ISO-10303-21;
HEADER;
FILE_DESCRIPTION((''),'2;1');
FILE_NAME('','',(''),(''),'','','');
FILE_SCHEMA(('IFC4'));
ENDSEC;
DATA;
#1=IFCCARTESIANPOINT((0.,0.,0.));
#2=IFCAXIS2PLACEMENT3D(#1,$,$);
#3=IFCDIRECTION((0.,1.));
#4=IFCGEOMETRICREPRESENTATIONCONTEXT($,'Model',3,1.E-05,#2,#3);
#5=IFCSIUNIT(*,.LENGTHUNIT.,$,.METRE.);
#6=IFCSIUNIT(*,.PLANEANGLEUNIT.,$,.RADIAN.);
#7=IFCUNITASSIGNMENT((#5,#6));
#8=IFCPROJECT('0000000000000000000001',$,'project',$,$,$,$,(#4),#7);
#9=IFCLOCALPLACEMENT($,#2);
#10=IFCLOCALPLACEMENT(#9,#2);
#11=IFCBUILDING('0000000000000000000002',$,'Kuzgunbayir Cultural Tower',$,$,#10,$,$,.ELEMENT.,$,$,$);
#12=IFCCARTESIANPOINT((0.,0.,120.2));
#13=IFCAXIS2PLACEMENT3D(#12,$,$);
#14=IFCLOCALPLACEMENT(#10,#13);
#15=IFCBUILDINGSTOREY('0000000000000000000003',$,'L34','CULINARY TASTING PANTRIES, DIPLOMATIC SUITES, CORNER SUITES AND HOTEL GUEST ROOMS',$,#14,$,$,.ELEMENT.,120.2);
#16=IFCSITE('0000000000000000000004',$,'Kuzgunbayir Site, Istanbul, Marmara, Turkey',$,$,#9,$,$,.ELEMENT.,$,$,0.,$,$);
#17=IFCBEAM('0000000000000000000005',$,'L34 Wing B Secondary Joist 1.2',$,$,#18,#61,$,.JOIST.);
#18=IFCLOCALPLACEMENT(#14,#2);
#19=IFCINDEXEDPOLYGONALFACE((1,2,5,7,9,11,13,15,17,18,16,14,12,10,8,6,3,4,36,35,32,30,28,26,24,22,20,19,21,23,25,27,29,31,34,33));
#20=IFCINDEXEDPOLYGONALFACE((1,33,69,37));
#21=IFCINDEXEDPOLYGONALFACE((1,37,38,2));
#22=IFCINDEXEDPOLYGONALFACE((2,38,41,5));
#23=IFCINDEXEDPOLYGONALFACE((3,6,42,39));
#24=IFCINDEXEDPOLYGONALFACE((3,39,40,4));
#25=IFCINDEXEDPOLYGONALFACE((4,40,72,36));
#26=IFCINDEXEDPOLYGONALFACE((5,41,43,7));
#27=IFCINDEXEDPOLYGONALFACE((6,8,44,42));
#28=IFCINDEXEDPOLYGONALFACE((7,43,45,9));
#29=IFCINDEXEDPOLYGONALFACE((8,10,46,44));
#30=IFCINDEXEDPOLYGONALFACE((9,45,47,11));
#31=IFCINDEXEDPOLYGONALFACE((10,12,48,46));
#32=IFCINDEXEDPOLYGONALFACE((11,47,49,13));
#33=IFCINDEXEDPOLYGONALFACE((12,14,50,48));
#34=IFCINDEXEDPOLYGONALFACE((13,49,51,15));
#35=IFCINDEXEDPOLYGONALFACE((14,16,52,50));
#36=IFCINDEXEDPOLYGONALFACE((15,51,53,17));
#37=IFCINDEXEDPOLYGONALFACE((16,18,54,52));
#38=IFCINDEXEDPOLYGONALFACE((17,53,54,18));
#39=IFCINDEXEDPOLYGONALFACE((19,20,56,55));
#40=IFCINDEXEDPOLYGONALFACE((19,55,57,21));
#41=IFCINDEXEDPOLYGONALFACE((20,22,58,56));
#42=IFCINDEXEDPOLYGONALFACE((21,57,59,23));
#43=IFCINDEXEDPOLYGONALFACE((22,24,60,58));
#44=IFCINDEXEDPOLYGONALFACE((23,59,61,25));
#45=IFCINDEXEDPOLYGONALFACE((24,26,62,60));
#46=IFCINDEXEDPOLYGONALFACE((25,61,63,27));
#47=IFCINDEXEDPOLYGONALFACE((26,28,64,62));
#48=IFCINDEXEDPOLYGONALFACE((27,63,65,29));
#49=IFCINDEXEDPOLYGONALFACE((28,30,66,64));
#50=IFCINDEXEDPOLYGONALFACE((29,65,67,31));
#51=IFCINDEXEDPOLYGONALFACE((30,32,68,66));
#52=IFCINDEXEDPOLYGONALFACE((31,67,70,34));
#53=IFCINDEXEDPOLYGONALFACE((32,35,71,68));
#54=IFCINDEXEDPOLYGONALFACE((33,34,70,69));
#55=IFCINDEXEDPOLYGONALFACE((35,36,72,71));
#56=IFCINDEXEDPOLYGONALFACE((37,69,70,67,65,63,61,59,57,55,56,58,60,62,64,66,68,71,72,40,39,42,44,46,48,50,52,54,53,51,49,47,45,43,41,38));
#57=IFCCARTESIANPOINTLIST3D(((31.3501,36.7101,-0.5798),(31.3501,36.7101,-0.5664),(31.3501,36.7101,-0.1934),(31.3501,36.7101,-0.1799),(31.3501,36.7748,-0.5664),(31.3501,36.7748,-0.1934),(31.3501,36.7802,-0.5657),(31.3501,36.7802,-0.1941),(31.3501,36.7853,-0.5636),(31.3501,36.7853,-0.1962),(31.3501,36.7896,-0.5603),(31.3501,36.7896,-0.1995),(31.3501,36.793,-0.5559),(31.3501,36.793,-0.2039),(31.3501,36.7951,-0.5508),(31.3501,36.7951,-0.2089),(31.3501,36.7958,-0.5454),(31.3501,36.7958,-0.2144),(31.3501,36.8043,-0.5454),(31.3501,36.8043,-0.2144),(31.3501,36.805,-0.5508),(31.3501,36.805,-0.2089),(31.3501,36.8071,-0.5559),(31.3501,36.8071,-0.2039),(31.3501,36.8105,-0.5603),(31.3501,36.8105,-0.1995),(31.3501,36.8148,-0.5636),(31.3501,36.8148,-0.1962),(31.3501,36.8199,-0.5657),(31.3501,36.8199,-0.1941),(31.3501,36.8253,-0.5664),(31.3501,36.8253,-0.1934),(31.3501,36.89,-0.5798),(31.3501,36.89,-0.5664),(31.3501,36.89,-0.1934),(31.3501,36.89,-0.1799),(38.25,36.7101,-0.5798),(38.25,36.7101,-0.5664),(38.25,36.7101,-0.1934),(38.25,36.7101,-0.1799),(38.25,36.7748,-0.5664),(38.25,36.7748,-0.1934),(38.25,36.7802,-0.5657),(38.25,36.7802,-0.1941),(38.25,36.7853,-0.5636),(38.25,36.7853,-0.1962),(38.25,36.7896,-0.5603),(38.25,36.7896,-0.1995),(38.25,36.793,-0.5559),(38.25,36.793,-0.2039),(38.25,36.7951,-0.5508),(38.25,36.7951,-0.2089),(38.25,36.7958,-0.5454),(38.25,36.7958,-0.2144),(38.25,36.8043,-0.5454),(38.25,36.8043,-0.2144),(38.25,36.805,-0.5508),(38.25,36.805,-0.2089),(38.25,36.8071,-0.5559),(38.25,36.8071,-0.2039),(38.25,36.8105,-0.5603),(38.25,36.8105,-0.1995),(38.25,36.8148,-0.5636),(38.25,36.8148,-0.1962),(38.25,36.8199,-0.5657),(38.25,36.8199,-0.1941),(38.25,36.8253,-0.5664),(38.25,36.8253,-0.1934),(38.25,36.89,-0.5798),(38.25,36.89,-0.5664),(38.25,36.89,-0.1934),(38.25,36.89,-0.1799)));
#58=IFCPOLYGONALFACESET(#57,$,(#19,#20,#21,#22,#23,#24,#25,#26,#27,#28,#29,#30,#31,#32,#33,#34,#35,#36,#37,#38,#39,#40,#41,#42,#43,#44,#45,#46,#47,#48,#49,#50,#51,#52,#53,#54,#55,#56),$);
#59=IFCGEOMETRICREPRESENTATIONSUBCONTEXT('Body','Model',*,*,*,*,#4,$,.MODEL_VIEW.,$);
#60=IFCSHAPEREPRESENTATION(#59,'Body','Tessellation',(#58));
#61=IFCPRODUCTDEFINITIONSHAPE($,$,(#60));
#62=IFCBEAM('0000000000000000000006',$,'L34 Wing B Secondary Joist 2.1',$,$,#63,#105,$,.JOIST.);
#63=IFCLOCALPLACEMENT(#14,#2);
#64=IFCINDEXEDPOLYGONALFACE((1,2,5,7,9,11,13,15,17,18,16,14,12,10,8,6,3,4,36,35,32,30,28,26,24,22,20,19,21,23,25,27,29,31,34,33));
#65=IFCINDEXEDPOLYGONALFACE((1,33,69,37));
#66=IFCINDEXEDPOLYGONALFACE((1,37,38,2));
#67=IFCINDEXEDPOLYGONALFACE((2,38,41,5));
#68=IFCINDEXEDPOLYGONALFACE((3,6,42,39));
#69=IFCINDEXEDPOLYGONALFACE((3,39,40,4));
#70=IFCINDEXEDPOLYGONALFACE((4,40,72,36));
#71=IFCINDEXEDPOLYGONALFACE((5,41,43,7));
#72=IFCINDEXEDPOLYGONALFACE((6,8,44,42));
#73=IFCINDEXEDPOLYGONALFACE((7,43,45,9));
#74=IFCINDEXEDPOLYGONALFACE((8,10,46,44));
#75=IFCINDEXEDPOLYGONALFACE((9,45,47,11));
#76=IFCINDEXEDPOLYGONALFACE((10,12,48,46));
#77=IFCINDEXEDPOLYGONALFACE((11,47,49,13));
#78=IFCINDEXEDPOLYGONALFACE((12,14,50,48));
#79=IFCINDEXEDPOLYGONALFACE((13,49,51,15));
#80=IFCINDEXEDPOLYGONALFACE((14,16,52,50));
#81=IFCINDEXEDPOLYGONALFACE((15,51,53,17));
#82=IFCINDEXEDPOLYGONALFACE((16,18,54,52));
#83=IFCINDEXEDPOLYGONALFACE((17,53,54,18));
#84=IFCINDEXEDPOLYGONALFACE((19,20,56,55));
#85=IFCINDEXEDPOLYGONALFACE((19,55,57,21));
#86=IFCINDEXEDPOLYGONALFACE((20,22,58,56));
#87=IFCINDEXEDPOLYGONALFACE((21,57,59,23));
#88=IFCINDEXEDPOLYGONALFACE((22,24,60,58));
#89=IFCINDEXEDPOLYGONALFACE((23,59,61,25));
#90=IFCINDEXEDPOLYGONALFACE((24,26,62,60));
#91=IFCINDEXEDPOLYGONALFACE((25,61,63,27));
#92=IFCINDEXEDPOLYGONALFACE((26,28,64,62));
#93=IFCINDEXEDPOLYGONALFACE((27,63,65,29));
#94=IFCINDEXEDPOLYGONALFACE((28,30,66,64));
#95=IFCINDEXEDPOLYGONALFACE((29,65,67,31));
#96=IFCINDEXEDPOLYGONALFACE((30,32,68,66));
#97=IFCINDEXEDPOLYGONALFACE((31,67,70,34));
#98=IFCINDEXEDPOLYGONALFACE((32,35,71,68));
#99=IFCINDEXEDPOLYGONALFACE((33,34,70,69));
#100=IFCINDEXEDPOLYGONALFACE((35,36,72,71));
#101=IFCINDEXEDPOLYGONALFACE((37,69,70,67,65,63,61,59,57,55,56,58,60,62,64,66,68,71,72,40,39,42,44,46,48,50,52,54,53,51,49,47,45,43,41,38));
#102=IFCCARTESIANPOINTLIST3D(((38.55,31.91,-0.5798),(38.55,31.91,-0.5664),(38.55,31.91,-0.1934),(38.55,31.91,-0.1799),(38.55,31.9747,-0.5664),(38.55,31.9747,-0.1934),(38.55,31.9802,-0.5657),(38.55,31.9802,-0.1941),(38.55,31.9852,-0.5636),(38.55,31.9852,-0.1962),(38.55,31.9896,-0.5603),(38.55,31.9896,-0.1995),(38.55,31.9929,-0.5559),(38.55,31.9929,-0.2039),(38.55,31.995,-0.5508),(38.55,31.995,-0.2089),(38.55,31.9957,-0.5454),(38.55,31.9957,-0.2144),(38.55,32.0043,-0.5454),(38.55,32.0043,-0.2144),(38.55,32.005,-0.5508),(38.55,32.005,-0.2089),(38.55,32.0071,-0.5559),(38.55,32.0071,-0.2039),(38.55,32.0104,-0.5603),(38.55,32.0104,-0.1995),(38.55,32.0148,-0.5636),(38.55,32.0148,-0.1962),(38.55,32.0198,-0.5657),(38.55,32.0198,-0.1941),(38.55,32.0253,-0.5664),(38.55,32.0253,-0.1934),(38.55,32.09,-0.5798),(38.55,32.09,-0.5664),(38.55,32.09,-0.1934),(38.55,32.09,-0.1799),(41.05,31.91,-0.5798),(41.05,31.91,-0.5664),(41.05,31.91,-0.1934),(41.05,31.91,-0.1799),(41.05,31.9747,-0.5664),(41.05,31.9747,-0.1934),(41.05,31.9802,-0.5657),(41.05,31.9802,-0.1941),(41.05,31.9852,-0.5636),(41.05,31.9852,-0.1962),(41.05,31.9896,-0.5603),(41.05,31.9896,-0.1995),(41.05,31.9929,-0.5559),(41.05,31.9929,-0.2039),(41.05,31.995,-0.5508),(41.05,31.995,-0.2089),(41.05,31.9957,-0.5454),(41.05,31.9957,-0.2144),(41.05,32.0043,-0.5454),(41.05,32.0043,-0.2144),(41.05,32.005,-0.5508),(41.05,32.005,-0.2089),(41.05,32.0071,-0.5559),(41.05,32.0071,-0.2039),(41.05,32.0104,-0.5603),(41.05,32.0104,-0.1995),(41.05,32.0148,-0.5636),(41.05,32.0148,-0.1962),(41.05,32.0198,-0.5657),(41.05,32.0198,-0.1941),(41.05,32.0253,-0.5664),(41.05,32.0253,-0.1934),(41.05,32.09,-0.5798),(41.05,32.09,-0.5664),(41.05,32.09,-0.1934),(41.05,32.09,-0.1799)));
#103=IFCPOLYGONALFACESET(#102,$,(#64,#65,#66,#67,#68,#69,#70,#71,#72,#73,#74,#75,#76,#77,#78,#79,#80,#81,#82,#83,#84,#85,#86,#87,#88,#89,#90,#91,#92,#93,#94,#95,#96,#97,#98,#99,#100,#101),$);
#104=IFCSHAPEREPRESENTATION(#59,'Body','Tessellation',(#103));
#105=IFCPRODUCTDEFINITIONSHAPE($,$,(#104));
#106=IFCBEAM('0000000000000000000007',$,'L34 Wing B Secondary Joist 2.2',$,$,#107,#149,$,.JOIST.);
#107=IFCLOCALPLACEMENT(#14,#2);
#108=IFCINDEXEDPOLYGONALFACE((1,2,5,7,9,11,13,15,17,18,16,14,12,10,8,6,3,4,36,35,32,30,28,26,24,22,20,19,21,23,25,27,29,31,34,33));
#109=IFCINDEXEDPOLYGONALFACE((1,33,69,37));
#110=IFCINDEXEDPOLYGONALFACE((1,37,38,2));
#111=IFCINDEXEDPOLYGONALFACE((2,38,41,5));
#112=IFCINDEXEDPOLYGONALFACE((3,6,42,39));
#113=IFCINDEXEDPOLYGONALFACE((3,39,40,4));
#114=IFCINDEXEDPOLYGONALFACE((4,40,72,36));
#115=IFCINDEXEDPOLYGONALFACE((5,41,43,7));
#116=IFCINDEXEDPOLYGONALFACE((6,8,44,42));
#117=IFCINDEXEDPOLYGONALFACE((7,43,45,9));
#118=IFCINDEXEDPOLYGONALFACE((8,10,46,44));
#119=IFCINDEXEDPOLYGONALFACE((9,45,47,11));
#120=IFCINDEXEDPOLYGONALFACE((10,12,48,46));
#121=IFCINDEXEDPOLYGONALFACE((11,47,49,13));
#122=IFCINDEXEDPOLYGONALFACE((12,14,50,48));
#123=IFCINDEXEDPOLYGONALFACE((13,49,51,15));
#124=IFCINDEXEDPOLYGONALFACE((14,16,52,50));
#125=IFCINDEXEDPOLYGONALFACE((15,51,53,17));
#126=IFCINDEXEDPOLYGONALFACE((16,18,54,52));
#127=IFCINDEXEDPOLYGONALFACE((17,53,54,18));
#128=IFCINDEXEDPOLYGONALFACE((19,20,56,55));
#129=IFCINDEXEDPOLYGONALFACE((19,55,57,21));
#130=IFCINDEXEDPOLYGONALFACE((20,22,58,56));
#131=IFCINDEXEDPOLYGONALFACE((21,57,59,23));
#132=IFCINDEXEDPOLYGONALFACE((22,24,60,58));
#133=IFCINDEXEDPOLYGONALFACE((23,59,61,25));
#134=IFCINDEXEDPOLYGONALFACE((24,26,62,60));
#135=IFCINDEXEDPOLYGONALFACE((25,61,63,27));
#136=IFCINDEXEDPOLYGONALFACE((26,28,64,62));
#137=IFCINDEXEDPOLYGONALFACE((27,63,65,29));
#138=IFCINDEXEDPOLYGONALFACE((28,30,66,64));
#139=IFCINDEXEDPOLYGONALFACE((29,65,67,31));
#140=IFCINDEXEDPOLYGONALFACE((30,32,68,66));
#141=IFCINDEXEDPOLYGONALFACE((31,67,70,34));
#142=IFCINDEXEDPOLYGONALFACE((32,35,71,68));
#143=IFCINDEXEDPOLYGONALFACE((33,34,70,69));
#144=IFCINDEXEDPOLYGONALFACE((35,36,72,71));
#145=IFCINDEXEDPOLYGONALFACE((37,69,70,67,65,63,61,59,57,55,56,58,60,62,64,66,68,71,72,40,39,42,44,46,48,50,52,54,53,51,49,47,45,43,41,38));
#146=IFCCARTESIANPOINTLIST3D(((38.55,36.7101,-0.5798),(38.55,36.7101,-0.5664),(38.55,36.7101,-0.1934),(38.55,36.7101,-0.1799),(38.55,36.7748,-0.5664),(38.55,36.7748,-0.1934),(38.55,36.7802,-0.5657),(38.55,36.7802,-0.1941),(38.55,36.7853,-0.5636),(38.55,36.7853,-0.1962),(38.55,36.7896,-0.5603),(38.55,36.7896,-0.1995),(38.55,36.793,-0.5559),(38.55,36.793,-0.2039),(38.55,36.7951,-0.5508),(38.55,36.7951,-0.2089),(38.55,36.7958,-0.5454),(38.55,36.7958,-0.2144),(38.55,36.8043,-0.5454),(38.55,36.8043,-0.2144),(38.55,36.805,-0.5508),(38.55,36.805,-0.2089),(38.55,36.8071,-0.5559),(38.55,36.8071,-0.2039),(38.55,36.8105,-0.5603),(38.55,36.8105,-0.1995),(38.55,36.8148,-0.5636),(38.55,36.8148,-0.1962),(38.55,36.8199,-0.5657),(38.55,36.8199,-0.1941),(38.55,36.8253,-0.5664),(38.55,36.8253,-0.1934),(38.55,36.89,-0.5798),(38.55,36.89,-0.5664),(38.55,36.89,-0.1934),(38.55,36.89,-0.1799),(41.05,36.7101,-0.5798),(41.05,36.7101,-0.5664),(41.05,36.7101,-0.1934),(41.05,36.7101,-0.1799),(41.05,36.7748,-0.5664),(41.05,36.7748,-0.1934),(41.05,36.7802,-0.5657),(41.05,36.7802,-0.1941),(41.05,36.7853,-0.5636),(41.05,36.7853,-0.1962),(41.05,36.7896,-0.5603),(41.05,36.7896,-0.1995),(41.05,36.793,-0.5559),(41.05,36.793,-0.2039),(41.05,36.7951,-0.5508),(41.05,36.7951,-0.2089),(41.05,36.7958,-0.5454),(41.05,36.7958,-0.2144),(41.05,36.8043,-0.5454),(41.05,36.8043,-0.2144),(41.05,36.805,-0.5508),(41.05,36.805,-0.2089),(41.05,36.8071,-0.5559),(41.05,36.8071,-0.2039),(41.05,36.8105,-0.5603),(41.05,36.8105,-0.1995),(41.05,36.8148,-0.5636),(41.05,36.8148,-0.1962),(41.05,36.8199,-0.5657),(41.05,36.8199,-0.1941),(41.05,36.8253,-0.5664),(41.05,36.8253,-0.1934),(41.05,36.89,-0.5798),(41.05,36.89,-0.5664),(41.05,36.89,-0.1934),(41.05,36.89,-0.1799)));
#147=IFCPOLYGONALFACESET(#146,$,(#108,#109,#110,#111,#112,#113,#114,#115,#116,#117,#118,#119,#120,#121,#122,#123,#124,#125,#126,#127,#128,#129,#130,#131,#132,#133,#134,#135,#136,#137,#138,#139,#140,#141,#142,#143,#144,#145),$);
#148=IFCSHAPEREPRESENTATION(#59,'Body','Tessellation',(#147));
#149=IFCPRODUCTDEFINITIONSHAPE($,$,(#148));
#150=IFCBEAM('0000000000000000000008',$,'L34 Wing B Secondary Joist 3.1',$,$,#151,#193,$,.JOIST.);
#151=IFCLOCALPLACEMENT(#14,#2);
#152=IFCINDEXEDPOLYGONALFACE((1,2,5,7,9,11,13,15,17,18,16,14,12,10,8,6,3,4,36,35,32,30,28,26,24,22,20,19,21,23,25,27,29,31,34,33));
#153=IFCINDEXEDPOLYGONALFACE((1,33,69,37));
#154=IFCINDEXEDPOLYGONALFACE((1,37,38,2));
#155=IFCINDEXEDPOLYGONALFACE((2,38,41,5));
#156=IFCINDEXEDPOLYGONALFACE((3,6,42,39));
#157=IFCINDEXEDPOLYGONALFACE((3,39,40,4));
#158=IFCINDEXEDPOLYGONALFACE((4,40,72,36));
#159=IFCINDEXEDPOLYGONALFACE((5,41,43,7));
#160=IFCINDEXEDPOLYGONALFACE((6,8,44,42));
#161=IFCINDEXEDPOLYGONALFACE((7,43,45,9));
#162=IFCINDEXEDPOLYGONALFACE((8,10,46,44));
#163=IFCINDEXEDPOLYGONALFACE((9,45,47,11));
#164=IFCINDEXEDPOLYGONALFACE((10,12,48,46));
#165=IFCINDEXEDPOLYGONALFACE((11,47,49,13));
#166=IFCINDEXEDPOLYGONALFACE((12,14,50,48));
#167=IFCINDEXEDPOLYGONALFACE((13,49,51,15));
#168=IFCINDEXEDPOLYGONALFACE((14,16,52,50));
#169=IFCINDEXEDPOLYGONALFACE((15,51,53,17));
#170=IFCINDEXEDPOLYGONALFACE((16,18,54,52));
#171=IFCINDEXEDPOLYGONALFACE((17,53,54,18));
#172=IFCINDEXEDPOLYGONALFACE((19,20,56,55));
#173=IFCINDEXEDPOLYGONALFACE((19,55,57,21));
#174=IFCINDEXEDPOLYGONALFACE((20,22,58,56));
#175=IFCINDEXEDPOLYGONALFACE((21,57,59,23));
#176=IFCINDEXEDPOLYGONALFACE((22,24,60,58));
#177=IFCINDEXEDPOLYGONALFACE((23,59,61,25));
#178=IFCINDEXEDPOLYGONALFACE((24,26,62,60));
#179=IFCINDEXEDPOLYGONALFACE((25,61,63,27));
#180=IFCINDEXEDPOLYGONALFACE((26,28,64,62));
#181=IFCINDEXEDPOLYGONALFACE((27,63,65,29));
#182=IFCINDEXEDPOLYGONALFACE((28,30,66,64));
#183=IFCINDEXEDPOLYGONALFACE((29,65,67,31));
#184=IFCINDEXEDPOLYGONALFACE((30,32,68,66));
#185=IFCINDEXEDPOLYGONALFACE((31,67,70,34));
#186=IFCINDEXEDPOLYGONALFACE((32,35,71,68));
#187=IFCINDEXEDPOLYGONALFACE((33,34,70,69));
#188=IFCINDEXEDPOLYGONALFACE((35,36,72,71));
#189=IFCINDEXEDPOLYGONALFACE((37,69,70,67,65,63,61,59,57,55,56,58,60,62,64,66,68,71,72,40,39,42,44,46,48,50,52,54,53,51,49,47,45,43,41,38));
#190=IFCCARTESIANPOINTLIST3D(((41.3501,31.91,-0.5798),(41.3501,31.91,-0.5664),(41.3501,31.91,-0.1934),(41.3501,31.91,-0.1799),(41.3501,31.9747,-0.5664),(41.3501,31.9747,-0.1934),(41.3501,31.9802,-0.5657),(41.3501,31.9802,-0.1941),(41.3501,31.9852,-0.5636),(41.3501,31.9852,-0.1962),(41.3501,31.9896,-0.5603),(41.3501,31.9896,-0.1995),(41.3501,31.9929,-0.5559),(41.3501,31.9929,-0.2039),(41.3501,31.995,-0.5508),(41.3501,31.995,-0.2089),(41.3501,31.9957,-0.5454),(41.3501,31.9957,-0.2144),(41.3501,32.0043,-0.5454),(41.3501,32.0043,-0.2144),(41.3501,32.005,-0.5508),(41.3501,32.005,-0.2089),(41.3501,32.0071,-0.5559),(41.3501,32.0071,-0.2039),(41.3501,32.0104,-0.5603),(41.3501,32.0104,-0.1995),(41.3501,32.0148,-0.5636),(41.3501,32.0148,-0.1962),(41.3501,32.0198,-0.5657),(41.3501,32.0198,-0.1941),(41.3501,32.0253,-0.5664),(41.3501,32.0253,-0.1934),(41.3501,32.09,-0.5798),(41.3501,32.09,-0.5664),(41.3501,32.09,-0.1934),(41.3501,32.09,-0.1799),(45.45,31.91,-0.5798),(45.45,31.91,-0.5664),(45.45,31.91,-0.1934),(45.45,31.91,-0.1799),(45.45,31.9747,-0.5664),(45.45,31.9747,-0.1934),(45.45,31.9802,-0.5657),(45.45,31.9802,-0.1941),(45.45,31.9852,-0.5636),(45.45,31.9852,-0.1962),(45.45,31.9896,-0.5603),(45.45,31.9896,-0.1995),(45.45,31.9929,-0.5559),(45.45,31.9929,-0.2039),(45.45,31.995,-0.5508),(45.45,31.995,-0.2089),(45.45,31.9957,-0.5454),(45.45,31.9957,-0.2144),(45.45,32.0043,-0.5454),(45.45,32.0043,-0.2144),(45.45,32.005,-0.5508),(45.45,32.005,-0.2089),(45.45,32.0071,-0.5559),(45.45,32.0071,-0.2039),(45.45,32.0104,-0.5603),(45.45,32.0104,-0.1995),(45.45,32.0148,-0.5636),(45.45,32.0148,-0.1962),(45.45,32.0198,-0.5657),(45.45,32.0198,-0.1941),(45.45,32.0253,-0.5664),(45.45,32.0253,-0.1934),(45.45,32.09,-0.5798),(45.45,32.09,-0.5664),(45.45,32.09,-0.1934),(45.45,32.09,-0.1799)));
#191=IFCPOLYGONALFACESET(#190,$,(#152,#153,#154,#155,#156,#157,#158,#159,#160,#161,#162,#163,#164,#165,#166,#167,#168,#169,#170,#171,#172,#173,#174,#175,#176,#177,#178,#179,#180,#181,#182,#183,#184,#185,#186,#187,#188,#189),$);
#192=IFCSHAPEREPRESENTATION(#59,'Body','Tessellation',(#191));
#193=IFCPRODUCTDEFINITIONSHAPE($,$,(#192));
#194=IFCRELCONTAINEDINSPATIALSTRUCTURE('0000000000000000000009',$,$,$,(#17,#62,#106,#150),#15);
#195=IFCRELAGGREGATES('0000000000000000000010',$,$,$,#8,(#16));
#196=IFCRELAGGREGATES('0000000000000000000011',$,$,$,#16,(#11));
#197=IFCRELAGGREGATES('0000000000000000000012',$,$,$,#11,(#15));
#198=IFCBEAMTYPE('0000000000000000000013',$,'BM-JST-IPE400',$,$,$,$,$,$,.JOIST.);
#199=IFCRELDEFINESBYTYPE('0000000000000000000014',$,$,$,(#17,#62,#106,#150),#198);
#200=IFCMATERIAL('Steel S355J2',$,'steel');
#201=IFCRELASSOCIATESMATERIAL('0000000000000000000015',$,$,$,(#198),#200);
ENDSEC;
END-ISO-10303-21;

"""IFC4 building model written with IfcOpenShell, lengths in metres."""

from ifc_helpers import new_model, si_unit, direction, frame, origin, origin_2d, place, context, subcontext, project, spatial, i_section, extrude, material, material_profile, profile_set, type_object, element, save


model = new_model("IFC4")

# Units and contexts
model_context = context("Model", 3, precision=1e-05, world=origin(), true_north=direction((0.0, 1.0)))
body_context = subcontext(model_context, "Body", "Model", "MODEL_VIEW")
ifc_project = project(units=[si_unit("LENGTHUNIT", "METRE"), si_unit("PLANEANGLEUNIT", "RADIAN")], contexts=[model_context])

# Site, building, storey
site_placement = place(None, origin())
site = spatial("IfcSite", under=ifc_project, at=site_placement, Name="Kuzgunbayir Site, Istanbul, Marmara, Turkey", CompositionType="ELEMENT", RefElevation=0.0)
building_placement = place(site_placement, origin())
building = spatial("IfcBuilding", under=site, at=building_placement, Name="Kuzgunbayir Cultural Tower", CompositionType="ELEMENT")
storey_placement = place(building_placement, frame((0.0, 0.0, 120.2)))
storey = spatial("IfcBuildingStorey", under=building, at=storey_placement, Name="L34", Description="CULINARY TASTING PANTRIES, DIPLOMATIC SUITES, CORNER SUITES AND HOTEL GUEST ROOMS", CompositionType="ELEMENT", Elevation=120.2)

# Beams
ifc_material_1 = material(Name="Steel S355J2", Category="steel")
ifc_material_profile_1 = material_profile(ifc_material_1, i_section(OverallWidth=0.1799, OverallDepth=0.3999, WebThickness=0.0085, FlangeThickness=0.0134, FilletRadius=0.021, at=origin_2d()), Name="IPE 400")
ifc_profile_set_1 = profile_set([ifc_material_profile_1], Name="Steel S355J2")
beam_type_1 = type_object("IfcBeamType", Name="BM-JST-IPE400", PredefinedType="JOIST", material=ifc_profile_set_1)
for number, where, z_axis, x_axis, name in (
    (1, (31.3501, 36.8, -0.3799), (1.0, 0.0, 0.0), (0.0, 1.0, 0.0), "L34 Wing B Secondary Joist 1.2"),
):
    element("IfcBeam", number, at=place(storey_placement, frame(where, z_axis=z_axis, x_axis=x_axis)), inside=storey, type_object=beam_type_1, Name=name, PredefinedType="JOIST", context=body_context, shape_type="SweptSolid", body=[
        extrude(i_section(OverallWidth=0.1799, OverallDepth=0.3999, WebThickness=0.0085, FlangeThickness=0.0134, FilletRadius=0.021, at=origin_2d()), origin(), (0.0, 0.0, 1.0), 6.8999),
    ])
for number, where, z_axis, x_axis, name in (
    (2, (38.55, 32.0, -0.3799), (1.0, 0.0, 0.0), (0.0, 1.0, 0.0), "L34 Wing B Secondary Joist 2.1"),
    (3, (38.55, 36.8, -0.3799), (1.0, 0.0, 0.0), (0.0, 1.0, 0.0), "L34 Wing B Secondary Joist 2.2"),
):
    element("IfcBeam", number, at=place(storey_placement, frame(where, z_axis=z_axis, x_axis=x_axis)), inside=storey, type_object=beam_type_1, Name=name, PredefinedType="JOIST", context=body_context, shape_type="SweptSolid", body=[
        extrude(i_section(OverallWidth=0.1799, OverallDepth=0.3999, WebThickness=0.0085, FlangeThickness=0.0134, FilletRadius=0.021, at=origin_2d()), origin(), (0.0, 0.0, 1.0), 2.5),
    ])
for number, where, z_axis, x_axis, name in (
    (4, (41.3501, 32.0, -0.3799), (1.0, 0.0, 0.0), (0.0, 1.0, 0.0), "L34 Wing B Secondary Joist 3.1"),
):
    element("IfcBeam", number, at=place(storey_placement, frame(where, z_axis=z_axis, x_axis=x_axis)), inside=storey, type_object=beam_type_1, Name=name, PredefinedType="JOIST", context=body_context, shape_type="SweptSolid", body=[
        extrude(i_section(OverallWidth=0.1799, OverallDepth=0.3999, WebThickness=0.0085, FlangeThickness=0.0134, FilletRadius=0.021, at=origin_2d()), origin(), (0.0, 0.0, 1.0), 4.0999),
    ])

save(model, "model.ifc")
